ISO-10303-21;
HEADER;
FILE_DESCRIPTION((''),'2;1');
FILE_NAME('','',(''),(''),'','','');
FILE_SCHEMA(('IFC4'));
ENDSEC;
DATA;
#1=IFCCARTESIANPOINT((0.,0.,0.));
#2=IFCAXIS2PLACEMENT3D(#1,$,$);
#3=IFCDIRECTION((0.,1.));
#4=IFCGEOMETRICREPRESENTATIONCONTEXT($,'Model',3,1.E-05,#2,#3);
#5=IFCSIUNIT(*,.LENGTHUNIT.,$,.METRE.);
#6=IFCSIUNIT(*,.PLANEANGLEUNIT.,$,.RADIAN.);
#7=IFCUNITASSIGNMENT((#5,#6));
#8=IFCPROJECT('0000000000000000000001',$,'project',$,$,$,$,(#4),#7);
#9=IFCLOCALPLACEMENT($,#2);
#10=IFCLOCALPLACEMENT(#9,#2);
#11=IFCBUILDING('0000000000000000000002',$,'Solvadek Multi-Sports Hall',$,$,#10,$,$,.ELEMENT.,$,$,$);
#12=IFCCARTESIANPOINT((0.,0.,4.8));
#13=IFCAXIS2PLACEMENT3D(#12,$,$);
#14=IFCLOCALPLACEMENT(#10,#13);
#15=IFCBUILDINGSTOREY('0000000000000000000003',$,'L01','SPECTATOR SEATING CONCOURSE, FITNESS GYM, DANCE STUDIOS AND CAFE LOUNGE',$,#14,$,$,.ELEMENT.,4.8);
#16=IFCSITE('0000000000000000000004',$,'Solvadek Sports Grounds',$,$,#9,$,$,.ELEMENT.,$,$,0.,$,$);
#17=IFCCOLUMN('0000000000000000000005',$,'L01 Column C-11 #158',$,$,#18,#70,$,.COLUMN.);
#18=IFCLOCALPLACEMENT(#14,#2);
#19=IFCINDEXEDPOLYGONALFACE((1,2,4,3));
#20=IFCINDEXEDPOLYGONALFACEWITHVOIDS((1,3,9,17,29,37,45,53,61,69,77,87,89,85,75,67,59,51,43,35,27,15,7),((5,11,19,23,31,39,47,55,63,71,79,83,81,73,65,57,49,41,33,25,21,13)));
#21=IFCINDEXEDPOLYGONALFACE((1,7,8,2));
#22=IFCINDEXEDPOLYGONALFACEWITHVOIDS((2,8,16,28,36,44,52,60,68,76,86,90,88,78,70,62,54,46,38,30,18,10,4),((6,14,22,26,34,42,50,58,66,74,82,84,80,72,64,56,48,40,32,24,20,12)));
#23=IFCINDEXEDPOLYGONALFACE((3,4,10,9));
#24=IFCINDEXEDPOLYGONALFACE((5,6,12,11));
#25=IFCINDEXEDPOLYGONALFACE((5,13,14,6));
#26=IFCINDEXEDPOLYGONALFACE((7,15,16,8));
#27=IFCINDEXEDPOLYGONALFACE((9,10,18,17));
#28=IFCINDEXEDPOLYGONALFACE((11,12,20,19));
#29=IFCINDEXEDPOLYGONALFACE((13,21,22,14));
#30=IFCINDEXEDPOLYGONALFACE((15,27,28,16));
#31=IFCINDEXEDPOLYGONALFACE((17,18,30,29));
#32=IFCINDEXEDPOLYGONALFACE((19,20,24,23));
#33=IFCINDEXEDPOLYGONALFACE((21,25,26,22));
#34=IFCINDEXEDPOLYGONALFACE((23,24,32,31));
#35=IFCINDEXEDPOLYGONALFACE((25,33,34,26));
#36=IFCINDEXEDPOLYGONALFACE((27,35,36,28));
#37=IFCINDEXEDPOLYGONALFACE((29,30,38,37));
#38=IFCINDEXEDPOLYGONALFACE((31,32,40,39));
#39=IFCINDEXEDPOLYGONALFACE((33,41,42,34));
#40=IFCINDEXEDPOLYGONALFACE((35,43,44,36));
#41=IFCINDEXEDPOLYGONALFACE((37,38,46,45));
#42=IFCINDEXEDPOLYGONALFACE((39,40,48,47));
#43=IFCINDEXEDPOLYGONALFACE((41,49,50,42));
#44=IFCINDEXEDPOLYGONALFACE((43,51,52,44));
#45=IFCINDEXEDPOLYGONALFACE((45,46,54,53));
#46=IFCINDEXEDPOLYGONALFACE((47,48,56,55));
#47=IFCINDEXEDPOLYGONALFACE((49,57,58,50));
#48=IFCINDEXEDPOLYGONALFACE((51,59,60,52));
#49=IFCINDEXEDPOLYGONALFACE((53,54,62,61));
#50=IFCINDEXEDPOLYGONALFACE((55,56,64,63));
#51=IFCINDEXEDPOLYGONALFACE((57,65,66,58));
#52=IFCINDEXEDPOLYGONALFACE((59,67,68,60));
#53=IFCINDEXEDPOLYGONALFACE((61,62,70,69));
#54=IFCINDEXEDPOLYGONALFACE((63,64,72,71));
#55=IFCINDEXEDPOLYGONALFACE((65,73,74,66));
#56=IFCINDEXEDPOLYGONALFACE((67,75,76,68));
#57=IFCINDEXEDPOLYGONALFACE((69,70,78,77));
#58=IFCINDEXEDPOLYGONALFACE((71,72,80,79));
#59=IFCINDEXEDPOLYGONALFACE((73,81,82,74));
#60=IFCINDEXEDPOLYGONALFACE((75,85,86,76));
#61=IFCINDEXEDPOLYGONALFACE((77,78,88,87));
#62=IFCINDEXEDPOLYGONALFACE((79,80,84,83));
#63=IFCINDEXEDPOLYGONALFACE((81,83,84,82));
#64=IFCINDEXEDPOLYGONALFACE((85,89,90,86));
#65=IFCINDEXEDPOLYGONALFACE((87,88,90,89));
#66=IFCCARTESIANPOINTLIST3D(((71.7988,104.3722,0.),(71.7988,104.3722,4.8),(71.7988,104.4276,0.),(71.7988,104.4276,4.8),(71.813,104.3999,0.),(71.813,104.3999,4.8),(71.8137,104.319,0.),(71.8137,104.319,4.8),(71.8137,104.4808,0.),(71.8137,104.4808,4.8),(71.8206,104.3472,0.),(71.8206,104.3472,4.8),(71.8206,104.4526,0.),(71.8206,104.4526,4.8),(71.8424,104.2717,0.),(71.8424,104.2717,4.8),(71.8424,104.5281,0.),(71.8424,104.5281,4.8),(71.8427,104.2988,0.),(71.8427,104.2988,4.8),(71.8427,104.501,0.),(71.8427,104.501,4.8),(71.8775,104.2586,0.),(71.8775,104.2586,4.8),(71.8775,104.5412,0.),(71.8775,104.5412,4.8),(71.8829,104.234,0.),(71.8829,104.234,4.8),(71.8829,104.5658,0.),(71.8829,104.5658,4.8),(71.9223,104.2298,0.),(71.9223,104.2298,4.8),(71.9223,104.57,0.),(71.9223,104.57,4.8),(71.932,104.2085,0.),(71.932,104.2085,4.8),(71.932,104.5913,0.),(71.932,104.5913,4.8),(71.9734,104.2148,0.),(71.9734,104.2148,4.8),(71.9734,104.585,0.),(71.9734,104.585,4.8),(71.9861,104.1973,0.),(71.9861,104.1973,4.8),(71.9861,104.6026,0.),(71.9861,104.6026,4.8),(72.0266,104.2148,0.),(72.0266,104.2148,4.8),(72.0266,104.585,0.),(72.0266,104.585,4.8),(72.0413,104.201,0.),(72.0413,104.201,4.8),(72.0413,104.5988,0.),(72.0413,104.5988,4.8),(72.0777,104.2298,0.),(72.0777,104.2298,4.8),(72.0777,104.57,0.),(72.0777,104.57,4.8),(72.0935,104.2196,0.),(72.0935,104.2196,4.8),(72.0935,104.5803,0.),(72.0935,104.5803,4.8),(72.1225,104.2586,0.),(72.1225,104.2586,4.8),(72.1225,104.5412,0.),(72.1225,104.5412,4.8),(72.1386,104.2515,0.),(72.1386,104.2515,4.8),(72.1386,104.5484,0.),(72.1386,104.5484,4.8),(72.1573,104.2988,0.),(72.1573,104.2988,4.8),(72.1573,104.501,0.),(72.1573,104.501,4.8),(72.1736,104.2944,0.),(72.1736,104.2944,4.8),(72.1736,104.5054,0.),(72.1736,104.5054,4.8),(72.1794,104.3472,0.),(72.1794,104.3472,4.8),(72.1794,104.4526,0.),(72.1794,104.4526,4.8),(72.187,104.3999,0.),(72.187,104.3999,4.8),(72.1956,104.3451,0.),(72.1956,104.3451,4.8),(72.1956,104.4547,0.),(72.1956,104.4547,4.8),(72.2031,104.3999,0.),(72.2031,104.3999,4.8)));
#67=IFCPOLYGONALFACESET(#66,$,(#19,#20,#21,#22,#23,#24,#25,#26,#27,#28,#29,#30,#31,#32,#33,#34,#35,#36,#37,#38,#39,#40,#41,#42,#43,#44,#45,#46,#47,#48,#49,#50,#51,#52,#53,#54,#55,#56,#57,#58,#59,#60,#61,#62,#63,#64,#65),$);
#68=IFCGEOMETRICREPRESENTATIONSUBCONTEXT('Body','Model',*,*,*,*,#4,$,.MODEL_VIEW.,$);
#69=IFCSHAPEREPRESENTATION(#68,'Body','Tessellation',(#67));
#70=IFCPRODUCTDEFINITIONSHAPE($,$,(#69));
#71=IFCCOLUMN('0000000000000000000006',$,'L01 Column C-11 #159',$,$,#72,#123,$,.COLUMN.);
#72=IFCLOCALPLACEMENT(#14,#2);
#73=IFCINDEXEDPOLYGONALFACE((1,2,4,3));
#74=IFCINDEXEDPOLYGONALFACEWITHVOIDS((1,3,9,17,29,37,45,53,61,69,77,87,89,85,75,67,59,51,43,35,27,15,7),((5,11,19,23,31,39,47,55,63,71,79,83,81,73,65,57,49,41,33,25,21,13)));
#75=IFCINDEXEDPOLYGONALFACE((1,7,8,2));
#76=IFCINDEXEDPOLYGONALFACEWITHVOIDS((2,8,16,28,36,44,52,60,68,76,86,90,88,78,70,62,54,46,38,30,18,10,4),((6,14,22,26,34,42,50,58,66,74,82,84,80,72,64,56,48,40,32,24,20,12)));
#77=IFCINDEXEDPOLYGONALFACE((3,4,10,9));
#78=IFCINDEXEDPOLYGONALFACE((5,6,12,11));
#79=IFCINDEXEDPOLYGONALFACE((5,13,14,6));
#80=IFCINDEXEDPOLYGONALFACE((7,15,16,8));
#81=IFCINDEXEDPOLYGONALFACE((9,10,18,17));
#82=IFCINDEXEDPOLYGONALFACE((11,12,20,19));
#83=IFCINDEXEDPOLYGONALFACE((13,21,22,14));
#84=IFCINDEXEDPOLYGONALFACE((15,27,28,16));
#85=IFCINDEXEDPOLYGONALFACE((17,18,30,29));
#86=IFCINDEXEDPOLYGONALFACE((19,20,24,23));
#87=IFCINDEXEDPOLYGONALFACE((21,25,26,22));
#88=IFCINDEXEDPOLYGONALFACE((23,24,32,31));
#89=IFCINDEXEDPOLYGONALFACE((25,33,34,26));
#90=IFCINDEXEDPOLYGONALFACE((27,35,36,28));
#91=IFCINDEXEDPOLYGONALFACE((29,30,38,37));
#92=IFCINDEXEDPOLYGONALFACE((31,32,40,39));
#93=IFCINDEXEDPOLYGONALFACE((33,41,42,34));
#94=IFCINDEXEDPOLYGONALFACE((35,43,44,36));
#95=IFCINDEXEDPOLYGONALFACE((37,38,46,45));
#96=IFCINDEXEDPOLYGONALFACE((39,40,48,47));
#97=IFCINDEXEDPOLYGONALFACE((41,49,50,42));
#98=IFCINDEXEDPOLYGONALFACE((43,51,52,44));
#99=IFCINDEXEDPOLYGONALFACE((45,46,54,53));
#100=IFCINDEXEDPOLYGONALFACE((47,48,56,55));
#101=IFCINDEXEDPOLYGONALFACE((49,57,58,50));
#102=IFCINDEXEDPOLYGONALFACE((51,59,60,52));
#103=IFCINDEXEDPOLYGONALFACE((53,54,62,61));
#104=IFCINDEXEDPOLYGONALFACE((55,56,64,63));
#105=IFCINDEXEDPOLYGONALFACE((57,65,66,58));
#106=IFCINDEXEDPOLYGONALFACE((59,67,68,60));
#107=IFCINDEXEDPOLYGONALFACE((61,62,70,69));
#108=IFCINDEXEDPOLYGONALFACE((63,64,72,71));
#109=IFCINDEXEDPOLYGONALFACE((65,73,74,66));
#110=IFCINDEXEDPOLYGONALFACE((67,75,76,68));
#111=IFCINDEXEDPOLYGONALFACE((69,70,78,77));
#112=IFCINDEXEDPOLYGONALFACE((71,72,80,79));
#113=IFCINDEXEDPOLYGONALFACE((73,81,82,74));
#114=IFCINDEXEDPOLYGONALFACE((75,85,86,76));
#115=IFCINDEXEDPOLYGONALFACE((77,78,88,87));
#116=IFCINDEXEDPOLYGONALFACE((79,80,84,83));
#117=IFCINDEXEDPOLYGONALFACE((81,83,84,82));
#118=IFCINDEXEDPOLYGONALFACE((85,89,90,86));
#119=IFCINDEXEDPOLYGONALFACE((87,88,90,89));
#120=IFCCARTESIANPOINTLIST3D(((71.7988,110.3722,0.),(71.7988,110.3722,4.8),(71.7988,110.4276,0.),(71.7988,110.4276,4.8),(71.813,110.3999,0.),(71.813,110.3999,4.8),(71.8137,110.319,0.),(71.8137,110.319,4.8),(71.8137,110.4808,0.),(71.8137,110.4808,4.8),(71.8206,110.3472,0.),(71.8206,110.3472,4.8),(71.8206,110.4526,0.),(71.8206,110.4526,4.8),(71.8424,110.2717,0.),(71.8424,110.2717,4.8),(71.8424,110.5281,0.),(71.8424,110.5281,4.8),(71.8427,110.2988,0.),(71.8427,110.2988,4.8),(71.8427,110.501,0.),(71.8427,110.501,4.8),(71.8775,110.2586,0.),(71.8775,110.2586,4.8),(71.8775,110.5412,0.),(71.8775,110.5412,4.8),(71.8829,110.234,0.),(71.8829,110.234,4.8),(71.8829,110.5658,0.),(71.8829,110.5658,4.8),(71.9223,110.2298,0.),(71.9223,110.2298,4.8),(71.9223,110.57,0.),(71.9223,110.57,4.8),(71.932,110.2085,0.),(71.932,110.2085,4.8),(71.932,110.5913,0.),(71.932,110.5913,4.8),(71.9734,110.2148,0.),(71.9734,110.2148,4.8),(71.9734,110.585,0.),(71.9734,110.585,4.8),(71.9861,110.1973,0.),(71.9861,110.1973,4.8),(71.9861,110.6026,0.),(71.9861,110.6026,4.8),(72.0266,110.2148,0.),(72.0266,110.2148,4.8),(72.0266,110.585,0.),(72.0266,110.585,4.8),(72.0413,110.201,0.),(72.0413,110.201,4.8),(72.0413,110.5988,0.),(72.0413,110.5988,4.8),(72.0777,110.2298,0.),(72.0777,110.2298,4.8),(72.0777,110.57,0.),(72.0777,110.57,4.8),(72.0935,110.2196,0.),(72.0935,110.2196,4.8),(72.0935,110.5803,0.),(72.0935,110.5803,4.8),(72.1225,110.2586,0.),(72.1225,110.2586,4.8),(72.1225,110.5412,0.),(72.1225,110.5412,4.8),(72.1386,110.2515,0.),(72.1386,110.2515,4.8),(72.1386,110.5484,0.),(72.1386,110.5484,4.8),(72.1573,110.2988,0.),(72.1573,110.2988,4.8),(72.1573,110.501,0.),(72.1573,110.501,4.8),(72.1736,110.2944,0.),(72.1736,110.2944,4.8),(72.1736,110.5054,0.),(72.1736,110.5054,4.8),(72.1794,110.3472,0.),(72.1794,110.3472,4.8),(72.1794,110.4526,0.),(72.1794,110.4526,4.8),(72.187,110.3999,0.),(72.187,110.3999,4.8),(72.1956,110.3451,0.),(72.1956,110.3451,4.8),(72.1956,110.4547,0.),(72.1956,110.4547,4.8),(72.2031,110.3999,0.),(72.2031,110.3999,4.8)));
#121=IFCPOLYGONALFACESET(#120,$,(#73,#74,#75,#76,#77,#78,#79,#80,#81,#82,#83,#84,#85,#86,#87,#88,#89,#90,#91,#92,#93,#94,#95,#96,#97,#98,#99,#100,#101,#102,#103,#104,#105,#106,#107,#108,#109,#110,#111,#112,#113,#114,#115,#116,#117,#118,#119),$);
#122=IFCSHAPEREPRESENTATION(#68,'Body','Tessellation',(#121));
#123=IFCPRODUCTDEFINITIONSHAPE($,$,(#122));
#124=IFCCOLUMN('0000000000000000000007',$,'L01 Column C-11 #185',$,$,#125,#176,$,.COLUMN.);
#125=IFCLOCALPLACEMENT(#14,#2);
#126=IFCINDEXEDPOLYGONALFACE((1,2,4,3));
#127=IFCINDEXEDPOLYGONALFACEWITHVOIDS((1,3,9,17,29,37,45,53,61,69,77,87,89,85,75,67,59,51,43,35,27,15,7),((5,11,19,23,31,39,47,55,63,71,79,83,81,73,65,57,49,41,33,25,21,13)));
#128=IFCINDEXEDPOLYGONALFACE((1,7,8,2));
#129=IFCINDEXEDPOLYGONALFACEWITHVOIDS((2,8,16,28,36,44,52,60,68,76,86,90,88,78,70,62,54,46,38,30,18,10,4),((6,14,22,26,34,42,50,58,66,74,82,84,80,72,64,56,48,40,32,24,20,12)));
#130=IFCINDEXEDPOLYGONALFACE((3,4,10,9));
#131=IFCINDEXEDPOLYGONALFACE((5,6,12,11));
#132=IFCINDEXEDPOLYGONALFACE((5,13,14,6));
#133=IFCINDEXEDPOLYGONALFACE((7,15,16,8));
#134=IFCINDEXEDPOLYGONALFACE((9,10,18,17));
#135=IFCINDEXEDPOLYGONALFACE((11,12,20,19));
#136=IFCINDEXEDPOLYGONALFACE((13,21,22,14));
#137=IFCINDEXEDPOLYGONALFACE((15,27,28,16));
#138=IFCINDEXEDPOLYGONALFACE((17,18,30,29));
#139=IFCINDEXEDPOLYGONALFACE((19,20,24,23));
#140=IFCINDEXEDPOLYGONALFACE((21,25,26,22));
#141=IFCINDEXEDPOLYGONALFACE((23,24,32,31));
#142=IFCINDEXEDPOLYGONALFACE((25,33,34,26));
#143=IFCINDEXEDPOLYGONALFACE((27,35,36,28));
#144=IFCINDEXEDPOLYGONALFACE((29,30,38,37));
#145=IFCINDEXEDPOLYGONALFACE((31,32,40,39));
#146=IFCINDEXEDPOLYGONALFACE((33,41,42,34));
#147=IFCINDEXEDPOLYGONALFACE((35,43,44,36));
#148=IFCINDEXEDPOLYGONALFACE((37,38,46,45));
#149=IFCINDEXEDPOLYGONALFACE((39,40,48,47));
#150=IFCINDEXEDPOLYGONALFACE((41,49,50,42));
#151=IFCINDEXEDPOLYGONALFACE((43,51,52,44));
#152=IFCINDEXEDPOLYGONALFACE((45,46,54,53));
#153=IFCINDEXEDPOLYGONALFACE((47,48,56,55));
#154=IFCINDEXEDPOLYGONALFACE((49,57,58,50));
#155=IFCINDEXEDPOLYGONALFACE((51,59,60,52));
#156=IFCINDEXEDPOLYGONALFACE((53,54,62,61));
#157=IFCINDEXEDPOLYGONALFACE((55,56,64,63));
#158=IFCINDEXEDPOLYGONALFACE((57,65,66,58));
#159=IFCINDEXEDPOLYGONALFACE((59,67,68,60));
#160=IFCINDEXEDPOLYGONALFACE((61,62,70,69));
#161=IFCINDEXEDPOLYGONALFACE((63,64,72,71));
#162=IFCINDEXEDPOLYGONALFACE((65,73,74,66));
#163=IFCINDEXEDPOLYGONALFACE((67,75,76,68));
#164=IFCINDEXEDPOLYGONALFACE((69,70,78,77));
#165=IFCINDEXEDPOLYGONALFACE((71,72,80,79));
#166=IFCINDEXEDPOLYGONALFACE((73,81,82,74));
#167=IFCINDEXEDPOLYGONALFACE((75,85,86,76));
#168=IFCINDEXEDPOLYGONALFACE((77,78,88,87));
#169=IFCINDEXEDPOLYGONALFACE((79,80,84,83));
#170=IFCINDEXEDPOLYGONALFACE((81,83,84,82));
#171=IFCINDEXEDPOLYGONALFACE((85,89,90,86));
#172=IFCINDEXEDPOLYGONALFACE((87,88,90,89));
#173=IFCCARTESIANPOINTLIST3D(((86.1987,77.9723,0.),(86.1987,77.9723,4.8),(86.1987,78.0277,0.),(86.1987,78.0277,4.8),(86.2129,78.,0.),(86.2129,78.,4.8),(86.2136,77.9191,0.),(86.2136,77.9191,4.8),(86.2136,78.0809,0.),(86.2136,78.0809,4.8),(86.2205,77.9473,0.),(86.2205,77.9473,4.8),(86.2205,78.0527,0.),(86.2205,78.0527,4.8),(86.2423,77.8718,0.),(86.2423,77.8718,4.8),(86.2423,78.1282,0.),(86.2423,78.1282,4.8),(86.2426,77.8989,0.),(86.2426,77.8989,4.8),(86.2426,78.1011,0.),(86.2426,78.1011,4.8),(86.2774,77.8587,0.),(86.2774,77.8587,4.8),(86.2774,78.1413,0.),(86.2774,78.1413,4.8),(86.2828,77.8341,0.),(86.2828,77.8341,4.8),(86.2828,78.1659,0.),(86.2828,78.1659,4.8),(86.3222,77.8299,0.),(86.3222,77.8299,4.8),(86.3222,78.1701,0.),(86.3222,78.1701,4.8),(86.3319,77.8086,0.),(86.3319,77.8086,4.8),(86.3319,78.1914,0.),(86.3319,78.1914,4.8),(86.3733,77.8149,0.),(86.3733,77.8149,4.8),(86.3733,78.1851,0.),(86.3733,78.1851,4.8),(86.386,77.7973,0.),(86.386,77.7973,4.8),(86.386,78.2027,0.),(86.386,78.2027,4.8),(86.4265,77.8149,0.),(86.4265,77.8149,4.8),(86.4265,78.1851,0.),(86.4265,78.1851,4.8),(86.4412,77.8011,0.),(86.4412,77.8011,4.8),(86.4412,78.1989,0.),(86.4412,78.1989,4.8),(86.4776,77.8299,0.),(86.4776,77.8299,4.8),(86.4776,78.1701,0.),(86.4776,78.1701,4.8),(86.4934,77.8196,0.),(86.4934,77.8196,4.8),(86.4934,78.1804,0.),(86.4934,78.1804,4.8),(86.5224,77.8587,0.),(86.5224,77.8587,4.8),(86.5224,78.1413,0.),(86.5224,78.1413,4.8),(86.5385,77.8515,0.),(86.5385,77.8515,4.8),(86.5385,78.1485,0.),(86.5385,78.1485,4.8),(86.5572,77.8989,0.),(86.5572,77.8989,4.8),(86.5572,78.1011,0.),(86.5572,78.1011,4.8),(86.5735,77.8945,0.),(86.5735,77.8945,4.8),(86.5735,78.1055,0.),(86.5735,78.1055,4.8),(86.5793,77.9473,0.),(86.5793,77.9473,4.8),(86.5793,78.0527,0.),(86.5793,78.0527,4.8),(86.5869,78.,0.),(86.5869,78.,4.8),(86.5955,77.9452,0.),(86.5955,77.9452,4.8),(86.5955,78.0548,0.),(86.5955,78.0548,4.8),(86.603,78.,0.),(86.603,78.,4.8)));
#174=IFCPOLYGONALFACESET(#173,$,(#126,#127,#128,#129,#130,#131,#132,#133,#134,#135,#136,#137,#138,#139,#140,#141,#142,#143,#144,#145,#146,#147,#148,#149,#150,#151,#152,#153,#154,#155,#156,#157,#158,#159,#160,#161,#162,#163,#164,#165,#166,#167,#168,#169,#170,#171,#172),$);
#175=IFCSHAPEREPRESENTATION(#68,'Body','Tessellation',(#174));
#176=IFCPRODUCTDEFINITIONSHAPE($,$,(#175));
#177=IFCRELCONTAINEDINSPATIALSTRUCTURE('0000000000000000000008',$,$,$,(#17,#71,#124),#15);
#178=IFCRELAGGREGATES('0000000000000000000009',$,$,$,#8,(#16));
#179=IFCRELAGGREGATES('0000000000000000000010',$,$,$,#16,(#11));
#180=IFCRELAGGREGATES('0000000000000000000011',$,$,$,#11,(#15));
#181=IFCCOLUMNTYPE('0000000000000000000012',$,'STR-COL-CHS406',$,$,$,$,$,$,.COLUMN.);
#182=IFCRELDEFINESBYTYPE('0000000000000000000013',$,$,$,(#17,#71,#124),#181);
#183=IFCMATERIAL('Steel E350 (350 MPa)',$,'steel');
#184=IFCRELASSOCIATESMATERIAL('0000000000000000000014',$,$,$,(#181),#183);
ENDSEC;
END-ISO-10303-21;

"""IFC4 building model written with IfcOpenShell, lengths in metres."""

from ifc_helpers import new_model, si_unit, direction, frame, origin, origin_2d, place, context, subcontext, project, spatial, hollow_circle, extrude, material, material_profile, profile_set, type_object, element, save


model = new_model("IFC4")

# Units and contexts
model_context = context("Model", 3, precision=1e-05, world=origin(), true_north=direction((0.0, 1.0)))
body_context = subcontext(model_context, "Body", "Model", "MODEL_VIEW")
ifc_project = project(units=[si_unit("LENGTHUNIT", "METRE"), si_unit("PLANEANGLEUNIT", "RADIAN")], contexts=[model_context])

# Site, building, storey
site_placement = place(None, origin())
site = spatial("IfcSite", under=ifc_project, at=site_placement, Name="Solvadek Sports Grounds", CompositionType="ELEMENT", RefElevation=0.0)
building_placement = place(site_placement, origin())
building = spatial("IfcBuilding", under=site, at=building_placement, Name="Solvadek Multi-Sports Hall", CompositionType="ELEMENT")
storey_placement = place(building_placement, frame((0.0, 0.0, 4.8)))
storey = spatial("IfcBuildingStorey", under=building, at=storey_placement, Name="L01", Description="SPECTATOR SEATING CONCOURSE, FITNESS GYM, DANCE STUDIOS AND CAFE LOUNGE", CompositionType="ELEMENT", Elevation=4.8)

# Columns
ifc_material_1 = material(Name="Steel E350 (350 MPa)", Category="steel")
ifc_material_profile_1 = material_profile(ifc_material_1, hollow_circle(Radius=0.2031, WallThickness=0.0161, at=origin_2d()), Name="CHS 406.4x16")
ifc_profile_set_1 = profile_set([ifc_material_profile_1], Name="Steel E350 (350 MPa)")
column_type = type_object("IfcColumnType", Name="STR-COL-CHS406", PredefinedType="COLUMN", material=ifc_profile_set_1)
for number, where, z_axis, x_axis, name in (
    (1, (72.0, 104.3999, 0.0), (0.0, 0.0, 1.0), (1.0, 0.0, 0.0), "L01 Column C-11 #158"),
    (2, (72.0, 110.3999, 0.0), (0.0, 0.0, 1.0), (1.0, 0.0, 0.0), "L01 Column C-11 #159"),
    (3, (86.3999, 78.0, 0.0), (0.0, 0.0, 1.0), (1.0, 0.0, 0.0), "L01 Column C-11 #185"),
):
    element("IfcColumn", number, at=place(storey_placement, frame(where, z_axis=z_axis, x_axis=x_axis)), inside=storey, type_object=column_type, Name=name, PredefinedType="COLUMN", context=body_context, shape_type="SweptSolid", body=[
        extrude(hollow_circle(Radius=0.2031, WallThickness=0.0161, at=origin_2d()), origin(), (0.0, 0.0, 1.0), 4.8),
    ])

save(model, "model.ifc")
